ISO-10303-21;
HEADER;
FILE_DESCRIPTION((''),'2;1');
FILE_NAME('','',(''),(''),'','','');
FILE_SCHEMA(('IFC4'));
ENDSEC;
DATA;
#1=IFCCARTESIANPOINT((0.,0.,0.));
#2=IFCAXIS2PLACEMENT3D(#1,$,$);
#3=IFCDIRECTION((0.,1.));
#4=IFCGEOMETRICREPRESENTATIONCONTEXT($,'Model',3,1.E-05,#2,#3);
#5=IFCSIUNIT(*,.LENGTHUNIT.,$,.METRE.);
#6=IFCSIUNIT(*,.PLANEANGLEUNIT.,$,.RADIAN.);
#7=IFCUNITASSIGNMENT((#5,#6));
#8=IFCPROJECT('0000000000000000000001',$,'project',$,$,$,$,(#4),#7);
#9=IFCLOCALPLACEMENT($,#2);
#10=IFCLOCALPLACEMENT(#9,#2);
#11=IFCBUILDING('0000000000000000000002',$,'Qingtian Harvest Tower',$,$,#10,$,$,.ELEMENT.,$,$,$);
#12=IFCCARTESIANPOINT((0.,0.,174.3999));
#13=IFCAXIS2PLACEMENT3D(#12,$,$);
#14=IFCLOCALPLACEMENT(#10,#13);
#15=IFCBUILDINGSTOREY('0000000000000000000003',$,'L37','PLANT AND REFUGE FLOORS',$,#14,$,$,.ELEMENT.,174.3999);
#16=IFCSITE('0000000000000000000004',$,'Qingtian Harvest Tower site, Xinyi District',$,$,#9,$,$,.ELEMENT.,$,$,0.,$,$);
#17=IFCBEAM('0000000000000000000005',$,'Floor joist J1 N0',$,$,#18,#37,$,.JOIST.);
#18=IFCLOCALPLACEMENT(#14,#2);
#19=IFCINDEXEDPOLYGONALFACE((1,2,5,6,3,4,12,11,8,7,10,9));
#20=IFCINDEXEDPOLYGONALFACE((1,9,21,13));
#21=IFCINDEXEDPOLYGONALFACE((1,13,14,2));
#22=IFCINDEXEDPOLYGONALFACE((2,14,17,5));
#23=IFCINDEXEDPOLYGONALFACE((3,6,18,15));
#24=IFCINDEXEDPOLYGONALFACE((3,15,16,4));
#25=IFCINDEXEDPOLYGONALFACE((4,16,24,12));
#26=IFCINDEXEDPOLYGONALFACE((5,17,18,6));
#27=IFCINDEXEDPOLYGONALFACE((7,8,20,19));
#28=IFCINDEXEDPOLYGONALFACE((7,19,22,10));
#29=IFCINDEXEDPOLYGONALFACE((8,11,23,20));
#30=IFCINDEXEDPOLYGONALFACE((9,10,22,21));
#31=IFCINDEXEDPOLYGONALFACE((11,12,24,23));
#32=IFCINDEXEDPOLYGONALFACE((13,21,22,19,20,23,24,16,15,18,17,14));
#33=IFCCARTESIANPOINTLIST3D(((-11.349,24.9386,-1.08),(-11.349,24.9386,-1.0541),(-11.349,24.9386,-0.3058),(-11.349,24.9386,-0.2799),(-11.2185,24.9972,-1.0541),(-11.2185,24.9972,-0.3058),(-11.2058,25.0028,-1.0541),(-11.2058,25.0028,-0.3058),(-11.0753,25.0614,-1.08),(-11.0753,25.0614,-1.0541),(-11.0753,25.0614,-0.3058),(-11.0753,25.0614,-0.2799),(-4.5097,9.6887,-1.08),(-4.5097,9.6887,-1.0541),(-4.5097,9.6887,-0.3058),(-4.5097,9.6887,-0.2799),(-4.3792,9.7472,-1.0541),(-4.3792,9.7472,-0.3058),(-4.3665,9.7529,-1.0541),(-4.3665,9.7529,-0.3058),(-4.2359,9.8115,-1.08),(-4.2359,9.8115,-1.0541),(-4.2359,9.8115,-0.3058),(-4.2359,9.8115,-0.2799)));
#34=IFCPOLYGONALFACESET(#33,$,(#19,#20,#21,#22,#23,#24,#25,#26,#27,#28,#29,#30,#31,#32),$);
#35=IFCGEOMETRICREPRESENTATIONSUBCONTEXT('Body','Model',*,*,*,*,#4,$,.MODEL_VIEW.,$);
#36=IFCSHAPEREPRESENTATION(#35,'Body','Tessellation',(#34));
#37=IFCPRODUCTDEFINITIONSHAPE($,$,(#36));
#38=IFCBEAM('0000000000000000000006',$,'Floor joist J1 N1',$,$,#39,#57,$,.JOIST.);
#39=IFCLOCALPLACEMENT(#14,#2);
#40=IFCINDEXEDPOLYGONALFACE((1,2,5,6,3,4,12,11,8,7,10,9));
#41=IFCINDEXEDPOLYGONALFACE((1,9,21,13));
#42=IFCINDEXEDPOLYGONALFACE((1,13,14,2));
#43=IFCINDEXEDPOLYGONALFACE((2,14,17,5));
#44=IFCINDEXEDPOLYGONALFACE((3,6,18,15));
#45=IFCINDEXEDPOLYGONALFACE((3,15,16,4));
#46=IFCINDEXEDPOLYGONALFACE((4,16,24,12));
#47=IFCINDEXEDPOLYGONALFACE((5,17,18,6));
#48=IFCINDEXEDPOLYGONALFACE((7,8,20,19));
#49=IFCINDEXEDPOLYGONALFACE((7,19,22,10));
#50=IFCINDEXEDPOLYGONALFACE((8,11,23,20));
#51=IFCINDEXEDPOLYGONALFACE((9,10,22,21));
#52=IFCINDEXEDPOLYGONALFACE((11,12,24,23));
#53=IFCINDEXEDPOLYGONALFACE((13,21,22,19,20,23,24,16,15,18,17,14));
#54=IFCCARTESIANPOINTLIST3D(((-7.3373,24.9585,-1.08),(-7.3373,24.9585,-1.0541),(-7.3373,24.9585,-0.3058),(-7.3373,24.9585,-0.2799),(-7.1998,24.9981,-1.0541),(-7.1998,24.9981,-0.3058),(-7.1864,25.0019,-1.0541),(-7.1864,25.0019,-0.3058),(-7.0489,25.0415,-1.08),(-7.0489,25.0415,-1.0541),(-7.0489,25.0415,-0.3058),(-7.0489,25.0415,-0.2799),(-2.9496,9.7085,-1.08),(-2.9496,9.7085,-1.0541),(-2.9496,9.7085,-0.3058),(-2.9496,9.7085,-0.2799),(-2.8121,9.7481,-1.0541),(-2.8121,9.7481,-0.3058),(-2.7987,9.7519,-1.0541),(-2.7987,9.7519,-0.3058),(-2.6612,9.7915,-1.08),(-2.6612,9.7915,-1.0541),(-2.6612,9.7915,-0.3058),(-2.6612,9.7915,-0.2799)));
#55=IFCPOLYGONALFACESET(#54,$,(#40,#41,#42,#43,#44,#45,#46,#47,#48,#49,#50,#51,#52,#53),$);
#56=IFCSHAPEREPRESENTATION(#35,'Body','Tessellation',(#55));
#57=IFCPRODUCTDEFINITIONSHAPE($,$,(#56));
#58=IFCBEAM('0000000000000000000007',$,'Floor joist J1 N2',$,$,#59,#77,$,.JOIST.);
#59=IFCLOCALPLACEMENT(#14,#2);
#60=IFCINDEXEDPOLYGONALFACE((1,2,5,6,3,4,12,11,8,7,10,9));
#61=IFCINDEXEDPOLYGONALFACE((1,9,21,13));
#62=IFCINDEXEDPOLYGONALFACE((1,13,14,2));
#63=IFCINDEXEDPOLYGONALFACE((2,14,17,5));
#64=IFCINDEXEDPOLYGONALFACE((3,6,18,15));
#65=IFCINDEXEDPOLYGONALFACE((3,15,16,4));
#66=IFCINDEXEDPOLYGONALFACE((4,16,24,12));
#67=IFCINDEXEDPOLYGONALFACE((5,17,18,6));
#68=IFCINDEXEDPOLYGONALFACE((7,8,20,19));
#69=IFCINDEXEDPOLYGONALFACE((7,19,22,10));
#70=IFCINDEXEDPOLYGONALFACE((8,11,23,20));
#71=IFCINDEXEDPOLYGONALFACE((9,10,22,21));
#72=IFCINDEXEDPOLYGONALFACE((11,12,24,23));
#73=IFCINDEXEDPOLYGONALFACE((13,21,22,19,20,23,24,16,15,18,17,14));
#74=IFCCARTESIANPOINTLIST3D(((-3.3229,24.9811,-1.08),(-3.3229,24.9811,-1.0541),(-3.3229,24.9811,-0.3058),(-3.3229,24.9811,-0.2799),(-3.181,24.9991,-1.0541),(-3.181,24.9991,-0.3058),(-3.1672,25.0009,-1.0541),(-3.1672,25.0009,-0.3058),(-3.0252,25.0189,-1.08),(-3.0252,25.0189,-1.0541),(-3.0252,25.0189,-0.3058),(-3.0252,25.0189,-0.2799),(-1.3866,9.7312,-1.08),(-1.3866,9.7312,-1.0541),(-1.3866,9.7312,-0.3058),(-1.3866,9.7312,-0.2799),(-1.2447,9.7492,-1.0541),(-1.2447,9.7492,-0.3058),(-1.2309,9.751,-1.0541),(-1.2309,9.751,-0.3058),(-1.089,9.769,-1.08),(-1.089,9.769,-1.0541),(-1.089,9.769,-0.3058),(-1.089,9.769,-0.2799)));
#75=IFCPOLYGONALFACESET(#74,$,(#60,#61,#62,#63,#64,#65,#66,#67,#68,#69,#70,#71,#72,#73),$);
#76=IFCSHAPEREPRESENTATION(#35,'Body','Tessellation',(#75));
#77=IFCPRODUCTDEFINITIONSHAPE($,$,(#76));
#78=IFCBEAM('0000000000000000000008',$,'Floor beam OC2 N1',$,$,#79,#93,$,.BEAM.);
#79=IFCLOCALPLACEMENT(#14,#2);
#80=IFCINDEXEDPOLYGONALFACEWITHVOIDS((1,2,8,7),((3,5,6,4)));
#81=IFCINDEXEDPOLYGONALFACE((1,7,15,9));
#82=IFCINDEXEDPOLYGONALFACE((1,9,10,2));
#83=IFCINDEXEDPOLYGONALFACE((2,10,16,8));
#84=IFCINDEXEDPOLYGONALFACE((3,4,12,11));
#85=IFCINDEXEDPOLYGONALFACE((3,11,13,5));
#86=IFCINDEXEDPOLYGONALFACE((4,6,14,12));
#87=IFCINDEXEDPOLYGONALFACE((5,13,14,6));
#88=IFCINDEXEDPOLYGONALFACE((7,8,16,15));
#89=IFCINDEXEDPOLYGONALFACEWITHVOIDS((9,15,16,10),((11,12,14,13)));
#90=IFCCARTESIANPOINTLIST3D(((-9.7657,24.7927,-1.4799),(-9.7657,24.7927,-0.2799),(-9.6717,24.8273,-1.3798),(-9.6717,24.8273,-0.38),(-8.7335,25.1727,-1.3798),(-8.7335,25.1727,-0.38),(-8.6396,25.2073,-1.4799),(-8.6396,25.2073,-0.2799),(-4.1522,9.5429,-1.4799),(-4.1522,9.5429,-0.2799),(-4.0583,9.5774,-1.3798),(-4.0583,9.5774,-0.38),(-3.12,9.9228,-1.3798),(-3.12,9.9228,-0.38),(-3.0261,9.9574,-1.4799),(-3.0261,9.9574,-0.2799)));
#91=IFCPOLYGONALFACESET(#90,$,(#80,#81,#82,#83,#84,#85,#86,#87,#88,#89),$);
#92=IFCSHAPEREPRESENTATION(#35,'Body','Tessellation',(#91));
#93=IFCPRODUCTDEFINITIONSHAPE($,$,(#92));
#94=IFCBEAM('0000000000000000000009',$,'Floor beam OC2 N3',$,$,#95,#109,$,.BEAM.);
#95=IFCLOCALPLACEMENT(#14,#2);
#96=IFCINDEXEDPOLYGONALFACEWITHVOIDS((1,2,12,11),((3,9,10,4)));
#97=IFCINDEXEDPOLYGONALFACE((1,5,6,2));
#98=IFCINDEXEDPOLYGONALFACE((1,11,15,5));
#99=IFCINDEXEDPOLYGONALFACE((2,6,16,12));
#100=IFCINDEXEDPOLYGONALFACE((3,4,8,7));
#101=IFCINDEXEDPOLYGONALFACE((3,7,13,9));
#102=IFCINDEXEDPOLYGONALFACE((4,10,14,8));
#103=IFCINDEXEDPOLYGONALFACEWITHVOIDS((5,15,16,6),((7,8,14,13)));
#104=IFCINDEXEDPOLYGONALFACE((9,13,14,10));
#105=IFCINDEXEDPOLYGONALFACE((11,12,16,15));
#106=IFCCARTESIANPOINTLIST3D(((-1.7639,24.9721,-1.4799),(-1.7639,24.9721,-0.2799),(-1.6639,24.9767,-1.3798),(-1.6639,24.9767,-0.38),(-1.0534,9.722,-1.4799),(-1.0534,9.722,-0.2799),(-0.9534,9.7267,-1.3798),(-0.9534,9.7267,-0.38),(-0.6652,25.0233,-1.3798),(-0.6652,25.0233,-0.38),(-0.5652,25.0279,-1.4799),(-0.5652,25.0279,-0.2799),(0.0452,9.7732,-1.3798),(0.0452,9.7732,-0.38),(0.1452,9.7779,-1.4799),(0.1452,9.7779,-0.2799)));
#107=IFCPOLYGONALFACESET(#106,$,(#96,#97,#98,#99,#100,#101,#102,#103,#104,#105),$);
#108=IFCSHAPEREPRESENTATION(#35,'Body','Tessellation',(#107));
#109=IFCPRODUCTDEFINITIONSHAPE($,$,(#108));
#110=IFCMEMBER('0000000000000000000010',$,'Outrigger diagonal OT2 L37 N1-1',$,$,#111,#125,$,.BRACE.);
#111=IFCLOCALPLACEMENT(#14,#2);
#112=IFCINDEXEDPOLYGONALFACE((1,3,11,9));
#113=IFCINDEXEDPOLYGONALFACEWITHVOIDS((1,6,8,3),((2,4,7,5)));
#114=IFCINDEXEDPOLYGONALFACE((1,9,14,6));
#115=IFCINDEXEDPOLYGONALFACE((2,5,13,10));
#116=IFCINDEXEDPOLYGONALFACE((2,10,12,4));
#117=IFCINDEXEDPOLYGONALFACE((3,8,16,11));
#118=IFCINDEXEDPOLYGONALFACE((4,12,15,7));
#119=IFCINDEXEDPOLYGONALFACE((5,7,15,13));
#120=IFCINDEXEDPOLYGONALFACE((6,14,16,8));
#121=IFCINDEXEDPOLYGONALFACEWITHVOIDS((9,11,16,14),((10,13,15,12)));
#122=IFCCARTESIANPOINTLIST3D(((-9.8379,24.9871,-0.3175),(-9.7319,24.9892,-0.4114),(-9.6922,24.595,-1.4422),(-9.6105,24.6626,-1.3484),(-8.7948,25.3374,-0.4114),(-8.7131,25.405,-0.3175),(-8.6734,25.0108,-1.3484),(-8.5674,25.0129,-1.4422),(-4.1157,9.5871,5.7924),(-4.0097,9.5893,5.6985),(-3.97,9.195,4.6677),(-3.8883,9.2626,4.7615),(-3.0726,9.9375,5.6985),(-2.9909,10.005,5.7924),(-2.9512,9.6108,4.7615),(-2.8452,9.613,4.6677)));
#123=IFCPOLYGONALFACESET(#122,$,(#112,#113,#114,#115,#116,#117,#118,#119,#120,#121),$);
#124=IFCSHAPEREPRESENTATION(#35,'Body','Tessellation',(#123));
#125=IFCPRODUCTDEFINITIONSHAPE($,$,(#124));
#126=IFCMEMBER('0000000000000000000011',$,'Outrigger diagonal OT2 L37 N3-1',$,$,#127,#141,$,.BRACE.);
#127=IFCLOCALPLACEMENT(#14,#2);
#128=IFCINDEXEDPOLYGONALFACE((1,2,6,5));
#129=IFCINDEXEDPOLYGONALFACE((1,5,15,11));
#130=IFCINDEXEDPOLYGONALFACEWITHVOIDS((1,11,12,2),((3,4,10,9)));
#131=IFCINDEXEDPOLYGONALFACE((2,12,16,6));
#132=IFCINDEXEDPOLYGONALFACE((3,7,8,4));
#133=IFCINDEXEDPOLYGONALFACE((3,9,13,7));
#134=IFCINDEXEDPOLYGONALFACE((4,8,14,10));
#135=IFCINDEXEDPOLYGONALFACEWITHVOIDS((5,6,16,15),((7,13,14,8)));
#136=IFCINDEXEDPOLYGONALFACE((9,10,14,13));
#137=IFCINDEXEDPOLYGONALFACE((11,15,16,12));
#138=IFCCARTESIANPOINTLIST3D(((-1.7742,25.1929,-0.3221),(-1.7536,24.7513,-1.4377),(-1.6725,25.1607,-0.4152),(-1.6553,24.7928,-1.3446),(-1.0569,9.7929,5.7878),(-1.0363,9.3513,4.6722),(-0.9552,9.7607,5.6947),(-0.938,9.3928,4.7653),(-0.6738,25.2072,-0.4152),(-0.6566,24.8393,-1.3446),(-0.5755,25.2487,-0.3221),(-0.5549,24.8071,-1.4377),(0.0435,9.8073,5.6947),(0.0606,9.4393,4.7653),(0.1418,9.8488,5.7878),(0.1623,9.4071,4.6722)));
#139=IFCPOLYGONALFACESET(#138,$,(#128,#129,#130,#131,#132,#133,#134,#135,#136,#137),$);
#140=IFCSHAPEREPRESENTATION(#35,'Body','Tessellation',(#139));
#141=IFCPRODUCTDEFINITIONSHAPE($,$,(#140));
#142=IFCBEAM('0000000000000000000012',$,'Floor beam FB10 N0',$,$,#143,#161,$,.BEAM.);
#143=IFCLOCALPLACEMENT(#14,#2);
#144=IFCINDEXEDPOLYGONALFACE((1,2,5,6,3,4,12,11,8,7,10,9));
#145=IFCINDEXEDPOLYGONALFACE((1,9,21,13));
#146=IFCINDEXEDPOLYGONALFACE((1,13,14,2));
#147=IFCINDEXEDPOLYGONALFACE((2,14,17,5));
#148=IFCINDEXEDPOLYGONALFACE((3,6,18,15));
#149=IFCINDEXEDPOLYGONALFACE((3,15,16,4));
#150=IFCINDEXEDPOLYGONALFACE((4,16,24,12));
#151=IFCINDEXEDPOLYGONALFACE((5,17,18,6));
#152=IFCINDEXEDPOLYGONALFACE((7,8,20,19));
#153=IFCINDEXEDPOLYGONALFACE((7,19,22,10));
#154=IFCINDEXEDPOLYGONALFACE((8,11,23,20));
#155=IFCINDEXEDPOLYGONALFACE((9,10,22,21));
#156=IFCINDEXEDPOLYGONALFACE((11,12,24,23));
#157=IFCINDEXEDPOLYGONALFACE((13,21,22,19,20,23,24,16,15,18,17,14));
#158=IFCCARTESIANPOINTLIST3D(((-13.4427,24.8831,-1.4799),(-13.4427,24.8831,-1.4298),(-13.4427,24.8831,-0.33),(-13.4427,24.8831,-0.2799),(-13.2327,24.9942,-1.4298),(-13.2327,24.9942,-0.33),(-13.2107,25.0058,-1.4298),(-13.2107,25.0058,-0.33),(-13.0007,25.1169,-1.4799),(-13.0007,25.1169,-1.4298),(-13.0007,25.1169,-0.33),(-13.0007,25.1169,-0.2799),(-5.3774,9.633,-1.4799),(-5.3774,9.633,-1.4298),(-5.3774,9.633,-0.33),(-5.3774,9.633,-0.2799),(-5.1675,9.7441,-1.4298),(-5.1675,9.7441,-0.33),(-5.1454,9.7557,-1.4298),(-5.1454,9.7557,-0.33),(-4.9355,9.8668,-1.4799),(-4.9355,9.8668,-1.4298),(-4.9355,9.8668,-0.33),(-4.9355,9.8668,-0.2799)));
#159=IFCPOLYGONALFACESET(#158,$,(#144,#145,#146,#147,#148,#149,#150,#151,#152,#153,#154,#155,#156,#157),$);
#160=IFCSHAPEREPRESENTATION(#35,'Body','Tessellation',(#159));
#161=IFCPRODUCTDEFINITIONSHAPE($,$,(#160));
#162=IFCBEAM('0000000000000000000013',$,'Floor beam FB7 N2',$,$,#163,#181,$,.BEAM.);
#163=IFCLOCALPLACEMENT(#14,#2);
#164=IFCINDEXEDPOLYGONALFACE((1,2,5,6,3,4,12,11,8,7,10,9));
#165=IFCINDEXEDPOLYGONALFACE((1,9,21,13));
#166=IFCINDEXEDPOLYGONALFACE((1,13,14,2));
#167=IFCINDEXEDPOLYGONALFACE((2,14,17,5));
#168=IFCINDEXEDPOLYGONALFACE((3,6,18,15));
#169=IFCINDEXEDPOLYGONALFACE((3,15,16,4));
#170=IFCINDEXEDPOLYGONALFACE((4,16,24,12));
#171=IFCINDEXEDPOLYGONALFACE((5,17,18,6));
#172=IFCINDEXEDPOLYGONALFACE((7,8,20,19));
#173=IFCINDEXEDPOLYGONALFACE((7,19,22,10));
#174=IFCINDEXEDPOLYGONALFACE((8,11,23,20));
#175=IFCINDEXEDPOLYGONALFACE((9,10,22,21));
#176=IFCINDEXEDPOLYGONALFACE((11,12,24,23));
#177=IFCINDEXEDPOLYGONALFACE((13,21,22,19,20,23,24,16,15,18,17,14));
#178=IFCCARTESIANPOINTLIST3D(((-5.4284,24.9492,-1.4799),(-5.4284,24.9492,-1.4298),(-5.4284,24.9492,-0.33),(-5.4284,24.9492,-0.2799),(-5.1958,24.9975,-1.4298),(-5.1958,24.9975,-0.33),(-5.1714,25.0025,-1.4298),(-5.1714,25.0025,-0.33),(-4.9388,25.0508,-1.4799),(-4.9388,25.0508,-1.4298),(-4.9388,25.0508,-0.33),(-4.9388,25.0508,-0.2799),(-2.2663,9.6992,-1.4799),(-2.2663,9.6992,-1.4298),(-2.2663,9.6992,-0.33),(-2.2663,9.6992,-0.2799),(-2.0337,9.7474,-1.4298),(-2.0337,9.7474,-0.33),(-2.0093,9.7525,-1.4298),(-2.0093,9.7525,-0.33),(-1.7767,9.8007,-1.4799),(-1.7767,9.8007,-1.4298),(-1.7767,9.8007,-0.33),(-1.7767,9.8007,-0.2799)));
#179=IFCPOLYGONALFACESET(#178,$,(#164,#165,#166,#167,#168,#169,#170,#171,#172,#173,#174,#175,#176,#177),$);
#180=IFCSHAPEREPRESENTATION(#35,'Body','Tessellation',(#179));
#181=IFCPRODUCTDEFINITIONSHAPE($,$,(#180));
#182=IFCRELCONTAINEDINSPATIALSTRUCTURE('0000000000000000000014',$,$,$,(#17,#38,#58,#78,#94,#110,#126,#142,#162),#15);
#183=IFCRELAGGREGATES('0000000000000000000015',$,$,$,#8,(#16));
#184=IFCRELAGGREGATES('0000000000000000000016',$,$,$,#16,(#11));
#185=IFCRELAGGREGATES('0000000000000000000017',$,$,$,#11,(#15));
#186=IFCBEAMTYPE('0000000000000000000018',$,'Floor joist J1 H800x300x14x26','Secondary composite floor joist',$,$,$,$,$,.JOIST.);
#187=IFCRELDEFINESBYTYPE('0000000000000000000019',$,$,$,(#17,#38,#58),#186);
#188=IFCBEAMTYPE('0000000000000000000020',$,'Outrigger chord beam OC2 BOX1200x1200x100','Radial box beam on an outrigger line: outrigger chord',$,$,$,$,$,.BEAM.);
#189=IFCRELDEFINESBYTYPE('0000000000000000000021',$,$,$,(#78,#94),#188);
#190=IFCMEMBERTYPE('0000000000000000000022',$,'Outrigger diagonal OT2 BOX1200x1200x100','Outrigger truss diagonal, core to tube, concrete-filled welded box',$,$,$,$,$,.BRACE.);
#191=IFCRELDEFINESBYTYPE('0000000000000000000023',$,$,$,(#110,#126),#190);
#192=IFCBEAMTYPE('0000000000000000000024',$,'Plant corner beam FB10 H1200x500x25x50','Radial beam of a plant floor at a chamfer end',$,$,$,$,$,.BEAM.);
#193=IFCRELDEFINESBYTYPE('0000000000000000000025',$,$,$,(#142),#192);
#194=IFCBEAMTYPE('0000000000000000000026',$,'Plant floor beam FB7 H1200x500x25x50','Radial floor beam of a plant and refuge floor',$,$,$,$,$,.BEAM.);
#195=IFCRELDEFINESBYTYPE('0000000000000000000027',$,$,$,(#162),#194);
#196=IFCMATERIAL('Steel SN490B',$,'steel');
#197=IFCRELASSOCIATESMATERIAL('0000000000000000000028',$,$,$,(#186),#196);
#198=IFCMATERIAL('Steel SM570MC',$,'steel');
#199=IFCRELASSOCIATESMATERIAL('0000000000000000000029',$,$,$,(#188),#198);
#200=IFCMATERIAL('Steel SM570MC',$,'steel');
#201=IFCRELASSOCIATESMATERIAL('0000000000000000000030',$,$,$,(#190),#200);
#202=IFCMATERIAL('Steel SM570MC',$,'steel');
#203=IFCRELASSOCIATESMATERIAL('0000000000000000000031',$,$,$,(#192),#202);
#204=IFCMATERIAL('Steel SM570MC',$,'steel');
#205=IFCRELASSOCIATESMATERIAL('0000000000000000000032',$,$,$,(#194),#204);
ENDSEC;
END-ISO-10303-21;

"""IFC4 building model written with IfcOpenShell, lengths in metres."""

from ifc_helpers import new_model, si_unit, direction, frame, origin, origin_2d, place, context, subcontext, project, spatial, hollow_rectangle, i_section, extrude, material, material_profile, profile_set, type_object, element, save


model = new_model("IFC4")

# Units and contexts
model_context = context("Model", 3, precision=1e-05, world=origin(), true_north=direction((0.0, 1.0)))
body_context = subcontext(model_context, "Body", "Model", "MODEL_VIEW")
ifc_project = project(units=[si_unit("LENGTHUNIT", "METRE"), si_unit("PLANEANGLEUNIT", "RADIAN")], contexts=[model_context])

# Site, building, storey
site_placement = place(None, origin())
site = spatial("IfcSite", under=ifc_project, at=site_placement, Name="Qingtian Harvest Tower site, Xinyi District", CompositionType="ELEMENT", RefElevation=0.0)
building_placement = place(site_placement, origin())
building = spatial("IfcBuilding", under=site, at=building_placement, Name="Qingtian Harvest Tower", CompositionType="ELEMENT")
storey_placement = place(building_placement, frame((0.0, 0.0, 174.3999)))
storey = spatial("IfcBuildingStorey", under=building, at=storey_placement, Name="L37", Description="PLANT AND REFUGE FLOORS", CompositionType="ELEMENT", Elevation=174.3999)

# Beams
ifc_material_1 = material(Name="Steel SN490B", Category="steel")
ifc_material_profile_1 = material_profile(ifc_material_1, i_section(OverallWidth=0.3, OverallDepth=0.8, WebThickness=0.0139, FlangeThickness=0.0259, at=origin_2d()), Name="H800x300x14x26")
ifc_profile_set_1 = profile_set([ifc_material_profile_1], Name="Steel SN490B")
beam_type_1 = type_object("IfcBeamType", Name="Floor joist J1 H800x300x14x26", Description="Secondary composite floor joist", PredefinedType="JOIST", material=ifc_profile_set_1)
beam_1_placement = place(storey_placement, frame((-11.2122, 25.0, -0.6799), z_axis=(0.409213, -0.912439, 0.0), x_axis=(0.912439, 0.409213, 0.0)))
element("IfcBeam", 1, at=beam_1_placement, inside=storey, type_object=beam_type_1, Name="Floor joist J1 N0", PredefinedType="JOIST", context=body_context, shape_type="SweptSolid", body=[
    extrude(i_section(OverallWidth=0.3, OverallDepth=0.8, WebThickness=0.0139, FlangeThickness=0.0259, at=origin_2d()), origin(), (0.0, 0.0, 1.0), 16.7134),
])
beam_2_placement = place(storey_placement, frame((-7.1931, 25.0, -0.6799), z_axis=(0.276501, -0.961014, 0.0), x_axis=(0.961014, 0.276501, 0.0)))
element("IfcBeam", 2, at=beam_2_placement, inside=storey, type_object=beam_type_1, Name="Floor joist J1 N1", PredefinedType="JOIST", context=body_context, shape_type="SweptSolid", body=[
    extrude(i_section(OverallWidth=0.3, OverallDepth=0.8, WebThickness=0.0139, FlangeThickness=0.0259, at=origin_2d()), origin(), (0.0, 0.0, 1.0), 15.8687),
])
beam_3_placement = place(storey_placement, frame((-3.1741, 25.0, -0.6799), z_axis=(0.125958, -0.992036, 0.0), x_axis=(0.992036, 0.125958, 0.0)))
element("IfcBeam", 3, at=beam_3_placement, inside=storey, type_object=beam_type_1, Name="Floor joist J1 N2", PredefinedType="JOIST", context=body_context, shape_type="SweptSolid", body=[
    extrude(i_section(OverallWidth=0.3, OverallDepth=0.8, WebThickness=0.0139, FlangeThickness=0.0259, at=origin_2d()), origin(), (0.0, 0.0, 1.0), 15.3723),
])
ifc_material_2 = material(Name="Steel SM570MC", Category="steel")
ifc_material_profile_2 = material_profile(ifc_material_2, hollow_rectangle(XDim=1.2, YDim=1.2, WallThickness=0.1001, at=origin_2d()), Name="BOX1200x1200x100")
ifc_profile_set_2 = profile_set([ifc_material_profile_2], Name="Steel SM570MC")
beam_type_2 = type_object("IfcBeamType", Name="Outrigger chord beam OC2 BOX1200x1200x100", Description="Radial box beam on an outrigger line: outrigger chord", PredefinedType="BEAM", material=ifc_profile_set_2)
beam_4_placement = place(storey_placement, frame((-9.2026, 25.0, -0.8799), z_axis=(0.34544, -0.938441, 0.0), x_axis=(0.938441, 0.34544, 0.0)))
element("IfcBeam", 4, at=beam_4_placement, inside=storey, type_object=beam_type_2, Name="Floor beam OC2 N1", PredefinedType="BEAM", context=body_context, shape_type="SweptSolid", body=[
    extrude(hollow_rectangle(XDim=1.2, YDim=1.2, WallThickness=0.1001, at=origin_2d()), origin(), (0.0, 0.0, 1.0), 16.2502),
])
beam_5_placement = place(storey_placement, frame((-1.1646, 25.0, -0.8799), z_axis=(0.046536, -0.998917, 0.0), x_axis=(0.998917, 0.046536, 0.0)))
element("IfcBeam", 5, at=beam_5_placement, inside=storey, type_object=beam_type_2, Name="Floor beam OC2 N3", PredefinedType="BEAM", context=body_context, shape_type="SweptSolid", body=[
    extrude(hollow_rectangle(XDim=1.2, YDim=1.2, WallThickness=0.1001, at=origin_2d()), origin(), (0.0, 0.0, 1.0), 15.2666),
])

# Members
ifc_material_3 = material(Name="Steel SM570MC", Category="steel")
ifc_material_profile_3 = material_profile(ifc_material_3, hollow_rectangle(XDim=1.2, YDim=1.2, WallThickness=0.1001, at=origin_2d()), Name="BOX1200x1200x100")
ifc_profile_set_3 = profile_set([ifc_material_profile_3], Name="Steel SM570MC")
member_type_1 = type_object("IfcMemberType", Name="Outrigger diagonal OT2 BOX1200x1200x100", Description="Outrigger truss diagonal, core to tube, concrete-filled welded box", PredefinedType="BRACE", material=ifc_profile_set_3)
member_1_placement = place(storey_placement, frame((-9.2026, 25.0, -0.8799), z_axis=(0.326459, -0.878589, 0.348577), x_axis=(0.937381, 0.348304, 0.0)))
element("IfcMember", 6, at=member_1_placement, inside=storey, type_object=member_type_1, Name="Outrigger diagonal OT2 L37 N1-1", PredefinedType="BRACE", context=body_context, shape_type="SweptSolid", body=[
    extrude(hollow_rectangle(XDim=1.2, YDim=1.2, WallThickness=0.1001, at=origin_2d()), origin(), (0.0, 0.0, 1.0), 17.5281),
])
member_2_placement = place(storey_placement, frame((-1.1646, 25.0, -0.8799), z_axis=(0.043254, -0.928646, 0.368437), x_axis=(0.998917, 0.046527, 0.0)))
element("IfcMember", 7, at=member_2_placement, inside=storey, type_object=member_type_1, Name="Outrigger diagonal OT2 L37 N3-1", PredefinedType="BRACE", context=body_context, shape_type="SweptSolid", body=[
    extrude(hollow_rectangle(XDim=1.2, YDim=1.2, WallThickness=0.1001, at=origin_2d()), origin(), (0.0, 0.0, 1.0), 16.5833),
])

# Beams
ifc_material_4 = material(Name="Steel SM570MC", Category="steel")
ifc_material_profile_4 = material_profile(ifc_material_4, i_section(OverallWidth=0.5, OverallDepth=1.2, WebThickness=0.0249, FlangeThickness=0.05, at=origin_2d()), Name="H1200x500x25x50")
ifc_profile_set_4 = profile_set([ifc_material_profile_4], Name="Steel SM570MC")
beam_type_3 = type_object("IfcBeamType", Name="Plant corner beam FB10 H1200x500x25x50", Description="Radial beam of a plant floor at a chamfer end", PredefinedType="BEAM", material=ifc_profile_set_4)
beam_6_placement = place(storey_placement, frame((-13.2217, 25.0, -0.8799), z_axis=(0.46751, -0.883988, 0.0), x_axis=(0.883988, 0.46751, 0.0)))
element("IfcBeam", 8, at=beam_6_placement, inside=storey, type_object=beam_type_3, Name="Floor beam FB10 N0", PredefinedType="BEAM", context=body_context, shape_type="SweptSolid", body=[
    extrude(i_section(OverallWidth=0.5, OverallDepth=1.2, WebThickness=0.0249, FlangeThickness=0.05, at=origin_2d()), origin(), (0.0, 0.0, 1.0), 17.2515),
])
ifc_material_5 = material(Name="Steel SM570MC", Category="steel")
ifc_material_profile_5 = material_profile(ifc_material_5, i_section(OverallWidth=0.5, OverallDepth=1.2, WebThickness=0.0249, FlangeThickness=0.05, at=origin_2d()), Name="H1200x500x25x50")
ifc_profile_set_5 = profile_set([ifc_material_profile_5], Name="Steel SM570MC")
beam_type_4 = type_object("IfcBeamType", Name="Plant floor beam FB7 H1200x500x25x50", Description="Radial floor beam of a plant and refuge floor", PredefinedType="BEAM", material=ifc_profile_set_5)
beam_7_placement = place(storey_placement, frame((-5.1836, 25.0, -0.8799), z_axis=(0.203033, -0.979172, 0.0), x_axis=(0.979172, 0.203033, 0.0)))
element("IfcBeam", 9, at=beam_7_placement, inside=storey, type_object=beam_type_4, Name="Floor beam FB7 N2", PredefinedType="BEAM", context=body_context, shape_type="SweptSolid", body=[
    extrude(i_section(OverallWidth=0.5, OverallDepth=1.2, WebThickness=0.0249, FlangeThickness=0.05, at=origin_2d()), origin(), (0.0, 0.0, 1.0), 15.5745),
])

save(model, "model.ifc")
